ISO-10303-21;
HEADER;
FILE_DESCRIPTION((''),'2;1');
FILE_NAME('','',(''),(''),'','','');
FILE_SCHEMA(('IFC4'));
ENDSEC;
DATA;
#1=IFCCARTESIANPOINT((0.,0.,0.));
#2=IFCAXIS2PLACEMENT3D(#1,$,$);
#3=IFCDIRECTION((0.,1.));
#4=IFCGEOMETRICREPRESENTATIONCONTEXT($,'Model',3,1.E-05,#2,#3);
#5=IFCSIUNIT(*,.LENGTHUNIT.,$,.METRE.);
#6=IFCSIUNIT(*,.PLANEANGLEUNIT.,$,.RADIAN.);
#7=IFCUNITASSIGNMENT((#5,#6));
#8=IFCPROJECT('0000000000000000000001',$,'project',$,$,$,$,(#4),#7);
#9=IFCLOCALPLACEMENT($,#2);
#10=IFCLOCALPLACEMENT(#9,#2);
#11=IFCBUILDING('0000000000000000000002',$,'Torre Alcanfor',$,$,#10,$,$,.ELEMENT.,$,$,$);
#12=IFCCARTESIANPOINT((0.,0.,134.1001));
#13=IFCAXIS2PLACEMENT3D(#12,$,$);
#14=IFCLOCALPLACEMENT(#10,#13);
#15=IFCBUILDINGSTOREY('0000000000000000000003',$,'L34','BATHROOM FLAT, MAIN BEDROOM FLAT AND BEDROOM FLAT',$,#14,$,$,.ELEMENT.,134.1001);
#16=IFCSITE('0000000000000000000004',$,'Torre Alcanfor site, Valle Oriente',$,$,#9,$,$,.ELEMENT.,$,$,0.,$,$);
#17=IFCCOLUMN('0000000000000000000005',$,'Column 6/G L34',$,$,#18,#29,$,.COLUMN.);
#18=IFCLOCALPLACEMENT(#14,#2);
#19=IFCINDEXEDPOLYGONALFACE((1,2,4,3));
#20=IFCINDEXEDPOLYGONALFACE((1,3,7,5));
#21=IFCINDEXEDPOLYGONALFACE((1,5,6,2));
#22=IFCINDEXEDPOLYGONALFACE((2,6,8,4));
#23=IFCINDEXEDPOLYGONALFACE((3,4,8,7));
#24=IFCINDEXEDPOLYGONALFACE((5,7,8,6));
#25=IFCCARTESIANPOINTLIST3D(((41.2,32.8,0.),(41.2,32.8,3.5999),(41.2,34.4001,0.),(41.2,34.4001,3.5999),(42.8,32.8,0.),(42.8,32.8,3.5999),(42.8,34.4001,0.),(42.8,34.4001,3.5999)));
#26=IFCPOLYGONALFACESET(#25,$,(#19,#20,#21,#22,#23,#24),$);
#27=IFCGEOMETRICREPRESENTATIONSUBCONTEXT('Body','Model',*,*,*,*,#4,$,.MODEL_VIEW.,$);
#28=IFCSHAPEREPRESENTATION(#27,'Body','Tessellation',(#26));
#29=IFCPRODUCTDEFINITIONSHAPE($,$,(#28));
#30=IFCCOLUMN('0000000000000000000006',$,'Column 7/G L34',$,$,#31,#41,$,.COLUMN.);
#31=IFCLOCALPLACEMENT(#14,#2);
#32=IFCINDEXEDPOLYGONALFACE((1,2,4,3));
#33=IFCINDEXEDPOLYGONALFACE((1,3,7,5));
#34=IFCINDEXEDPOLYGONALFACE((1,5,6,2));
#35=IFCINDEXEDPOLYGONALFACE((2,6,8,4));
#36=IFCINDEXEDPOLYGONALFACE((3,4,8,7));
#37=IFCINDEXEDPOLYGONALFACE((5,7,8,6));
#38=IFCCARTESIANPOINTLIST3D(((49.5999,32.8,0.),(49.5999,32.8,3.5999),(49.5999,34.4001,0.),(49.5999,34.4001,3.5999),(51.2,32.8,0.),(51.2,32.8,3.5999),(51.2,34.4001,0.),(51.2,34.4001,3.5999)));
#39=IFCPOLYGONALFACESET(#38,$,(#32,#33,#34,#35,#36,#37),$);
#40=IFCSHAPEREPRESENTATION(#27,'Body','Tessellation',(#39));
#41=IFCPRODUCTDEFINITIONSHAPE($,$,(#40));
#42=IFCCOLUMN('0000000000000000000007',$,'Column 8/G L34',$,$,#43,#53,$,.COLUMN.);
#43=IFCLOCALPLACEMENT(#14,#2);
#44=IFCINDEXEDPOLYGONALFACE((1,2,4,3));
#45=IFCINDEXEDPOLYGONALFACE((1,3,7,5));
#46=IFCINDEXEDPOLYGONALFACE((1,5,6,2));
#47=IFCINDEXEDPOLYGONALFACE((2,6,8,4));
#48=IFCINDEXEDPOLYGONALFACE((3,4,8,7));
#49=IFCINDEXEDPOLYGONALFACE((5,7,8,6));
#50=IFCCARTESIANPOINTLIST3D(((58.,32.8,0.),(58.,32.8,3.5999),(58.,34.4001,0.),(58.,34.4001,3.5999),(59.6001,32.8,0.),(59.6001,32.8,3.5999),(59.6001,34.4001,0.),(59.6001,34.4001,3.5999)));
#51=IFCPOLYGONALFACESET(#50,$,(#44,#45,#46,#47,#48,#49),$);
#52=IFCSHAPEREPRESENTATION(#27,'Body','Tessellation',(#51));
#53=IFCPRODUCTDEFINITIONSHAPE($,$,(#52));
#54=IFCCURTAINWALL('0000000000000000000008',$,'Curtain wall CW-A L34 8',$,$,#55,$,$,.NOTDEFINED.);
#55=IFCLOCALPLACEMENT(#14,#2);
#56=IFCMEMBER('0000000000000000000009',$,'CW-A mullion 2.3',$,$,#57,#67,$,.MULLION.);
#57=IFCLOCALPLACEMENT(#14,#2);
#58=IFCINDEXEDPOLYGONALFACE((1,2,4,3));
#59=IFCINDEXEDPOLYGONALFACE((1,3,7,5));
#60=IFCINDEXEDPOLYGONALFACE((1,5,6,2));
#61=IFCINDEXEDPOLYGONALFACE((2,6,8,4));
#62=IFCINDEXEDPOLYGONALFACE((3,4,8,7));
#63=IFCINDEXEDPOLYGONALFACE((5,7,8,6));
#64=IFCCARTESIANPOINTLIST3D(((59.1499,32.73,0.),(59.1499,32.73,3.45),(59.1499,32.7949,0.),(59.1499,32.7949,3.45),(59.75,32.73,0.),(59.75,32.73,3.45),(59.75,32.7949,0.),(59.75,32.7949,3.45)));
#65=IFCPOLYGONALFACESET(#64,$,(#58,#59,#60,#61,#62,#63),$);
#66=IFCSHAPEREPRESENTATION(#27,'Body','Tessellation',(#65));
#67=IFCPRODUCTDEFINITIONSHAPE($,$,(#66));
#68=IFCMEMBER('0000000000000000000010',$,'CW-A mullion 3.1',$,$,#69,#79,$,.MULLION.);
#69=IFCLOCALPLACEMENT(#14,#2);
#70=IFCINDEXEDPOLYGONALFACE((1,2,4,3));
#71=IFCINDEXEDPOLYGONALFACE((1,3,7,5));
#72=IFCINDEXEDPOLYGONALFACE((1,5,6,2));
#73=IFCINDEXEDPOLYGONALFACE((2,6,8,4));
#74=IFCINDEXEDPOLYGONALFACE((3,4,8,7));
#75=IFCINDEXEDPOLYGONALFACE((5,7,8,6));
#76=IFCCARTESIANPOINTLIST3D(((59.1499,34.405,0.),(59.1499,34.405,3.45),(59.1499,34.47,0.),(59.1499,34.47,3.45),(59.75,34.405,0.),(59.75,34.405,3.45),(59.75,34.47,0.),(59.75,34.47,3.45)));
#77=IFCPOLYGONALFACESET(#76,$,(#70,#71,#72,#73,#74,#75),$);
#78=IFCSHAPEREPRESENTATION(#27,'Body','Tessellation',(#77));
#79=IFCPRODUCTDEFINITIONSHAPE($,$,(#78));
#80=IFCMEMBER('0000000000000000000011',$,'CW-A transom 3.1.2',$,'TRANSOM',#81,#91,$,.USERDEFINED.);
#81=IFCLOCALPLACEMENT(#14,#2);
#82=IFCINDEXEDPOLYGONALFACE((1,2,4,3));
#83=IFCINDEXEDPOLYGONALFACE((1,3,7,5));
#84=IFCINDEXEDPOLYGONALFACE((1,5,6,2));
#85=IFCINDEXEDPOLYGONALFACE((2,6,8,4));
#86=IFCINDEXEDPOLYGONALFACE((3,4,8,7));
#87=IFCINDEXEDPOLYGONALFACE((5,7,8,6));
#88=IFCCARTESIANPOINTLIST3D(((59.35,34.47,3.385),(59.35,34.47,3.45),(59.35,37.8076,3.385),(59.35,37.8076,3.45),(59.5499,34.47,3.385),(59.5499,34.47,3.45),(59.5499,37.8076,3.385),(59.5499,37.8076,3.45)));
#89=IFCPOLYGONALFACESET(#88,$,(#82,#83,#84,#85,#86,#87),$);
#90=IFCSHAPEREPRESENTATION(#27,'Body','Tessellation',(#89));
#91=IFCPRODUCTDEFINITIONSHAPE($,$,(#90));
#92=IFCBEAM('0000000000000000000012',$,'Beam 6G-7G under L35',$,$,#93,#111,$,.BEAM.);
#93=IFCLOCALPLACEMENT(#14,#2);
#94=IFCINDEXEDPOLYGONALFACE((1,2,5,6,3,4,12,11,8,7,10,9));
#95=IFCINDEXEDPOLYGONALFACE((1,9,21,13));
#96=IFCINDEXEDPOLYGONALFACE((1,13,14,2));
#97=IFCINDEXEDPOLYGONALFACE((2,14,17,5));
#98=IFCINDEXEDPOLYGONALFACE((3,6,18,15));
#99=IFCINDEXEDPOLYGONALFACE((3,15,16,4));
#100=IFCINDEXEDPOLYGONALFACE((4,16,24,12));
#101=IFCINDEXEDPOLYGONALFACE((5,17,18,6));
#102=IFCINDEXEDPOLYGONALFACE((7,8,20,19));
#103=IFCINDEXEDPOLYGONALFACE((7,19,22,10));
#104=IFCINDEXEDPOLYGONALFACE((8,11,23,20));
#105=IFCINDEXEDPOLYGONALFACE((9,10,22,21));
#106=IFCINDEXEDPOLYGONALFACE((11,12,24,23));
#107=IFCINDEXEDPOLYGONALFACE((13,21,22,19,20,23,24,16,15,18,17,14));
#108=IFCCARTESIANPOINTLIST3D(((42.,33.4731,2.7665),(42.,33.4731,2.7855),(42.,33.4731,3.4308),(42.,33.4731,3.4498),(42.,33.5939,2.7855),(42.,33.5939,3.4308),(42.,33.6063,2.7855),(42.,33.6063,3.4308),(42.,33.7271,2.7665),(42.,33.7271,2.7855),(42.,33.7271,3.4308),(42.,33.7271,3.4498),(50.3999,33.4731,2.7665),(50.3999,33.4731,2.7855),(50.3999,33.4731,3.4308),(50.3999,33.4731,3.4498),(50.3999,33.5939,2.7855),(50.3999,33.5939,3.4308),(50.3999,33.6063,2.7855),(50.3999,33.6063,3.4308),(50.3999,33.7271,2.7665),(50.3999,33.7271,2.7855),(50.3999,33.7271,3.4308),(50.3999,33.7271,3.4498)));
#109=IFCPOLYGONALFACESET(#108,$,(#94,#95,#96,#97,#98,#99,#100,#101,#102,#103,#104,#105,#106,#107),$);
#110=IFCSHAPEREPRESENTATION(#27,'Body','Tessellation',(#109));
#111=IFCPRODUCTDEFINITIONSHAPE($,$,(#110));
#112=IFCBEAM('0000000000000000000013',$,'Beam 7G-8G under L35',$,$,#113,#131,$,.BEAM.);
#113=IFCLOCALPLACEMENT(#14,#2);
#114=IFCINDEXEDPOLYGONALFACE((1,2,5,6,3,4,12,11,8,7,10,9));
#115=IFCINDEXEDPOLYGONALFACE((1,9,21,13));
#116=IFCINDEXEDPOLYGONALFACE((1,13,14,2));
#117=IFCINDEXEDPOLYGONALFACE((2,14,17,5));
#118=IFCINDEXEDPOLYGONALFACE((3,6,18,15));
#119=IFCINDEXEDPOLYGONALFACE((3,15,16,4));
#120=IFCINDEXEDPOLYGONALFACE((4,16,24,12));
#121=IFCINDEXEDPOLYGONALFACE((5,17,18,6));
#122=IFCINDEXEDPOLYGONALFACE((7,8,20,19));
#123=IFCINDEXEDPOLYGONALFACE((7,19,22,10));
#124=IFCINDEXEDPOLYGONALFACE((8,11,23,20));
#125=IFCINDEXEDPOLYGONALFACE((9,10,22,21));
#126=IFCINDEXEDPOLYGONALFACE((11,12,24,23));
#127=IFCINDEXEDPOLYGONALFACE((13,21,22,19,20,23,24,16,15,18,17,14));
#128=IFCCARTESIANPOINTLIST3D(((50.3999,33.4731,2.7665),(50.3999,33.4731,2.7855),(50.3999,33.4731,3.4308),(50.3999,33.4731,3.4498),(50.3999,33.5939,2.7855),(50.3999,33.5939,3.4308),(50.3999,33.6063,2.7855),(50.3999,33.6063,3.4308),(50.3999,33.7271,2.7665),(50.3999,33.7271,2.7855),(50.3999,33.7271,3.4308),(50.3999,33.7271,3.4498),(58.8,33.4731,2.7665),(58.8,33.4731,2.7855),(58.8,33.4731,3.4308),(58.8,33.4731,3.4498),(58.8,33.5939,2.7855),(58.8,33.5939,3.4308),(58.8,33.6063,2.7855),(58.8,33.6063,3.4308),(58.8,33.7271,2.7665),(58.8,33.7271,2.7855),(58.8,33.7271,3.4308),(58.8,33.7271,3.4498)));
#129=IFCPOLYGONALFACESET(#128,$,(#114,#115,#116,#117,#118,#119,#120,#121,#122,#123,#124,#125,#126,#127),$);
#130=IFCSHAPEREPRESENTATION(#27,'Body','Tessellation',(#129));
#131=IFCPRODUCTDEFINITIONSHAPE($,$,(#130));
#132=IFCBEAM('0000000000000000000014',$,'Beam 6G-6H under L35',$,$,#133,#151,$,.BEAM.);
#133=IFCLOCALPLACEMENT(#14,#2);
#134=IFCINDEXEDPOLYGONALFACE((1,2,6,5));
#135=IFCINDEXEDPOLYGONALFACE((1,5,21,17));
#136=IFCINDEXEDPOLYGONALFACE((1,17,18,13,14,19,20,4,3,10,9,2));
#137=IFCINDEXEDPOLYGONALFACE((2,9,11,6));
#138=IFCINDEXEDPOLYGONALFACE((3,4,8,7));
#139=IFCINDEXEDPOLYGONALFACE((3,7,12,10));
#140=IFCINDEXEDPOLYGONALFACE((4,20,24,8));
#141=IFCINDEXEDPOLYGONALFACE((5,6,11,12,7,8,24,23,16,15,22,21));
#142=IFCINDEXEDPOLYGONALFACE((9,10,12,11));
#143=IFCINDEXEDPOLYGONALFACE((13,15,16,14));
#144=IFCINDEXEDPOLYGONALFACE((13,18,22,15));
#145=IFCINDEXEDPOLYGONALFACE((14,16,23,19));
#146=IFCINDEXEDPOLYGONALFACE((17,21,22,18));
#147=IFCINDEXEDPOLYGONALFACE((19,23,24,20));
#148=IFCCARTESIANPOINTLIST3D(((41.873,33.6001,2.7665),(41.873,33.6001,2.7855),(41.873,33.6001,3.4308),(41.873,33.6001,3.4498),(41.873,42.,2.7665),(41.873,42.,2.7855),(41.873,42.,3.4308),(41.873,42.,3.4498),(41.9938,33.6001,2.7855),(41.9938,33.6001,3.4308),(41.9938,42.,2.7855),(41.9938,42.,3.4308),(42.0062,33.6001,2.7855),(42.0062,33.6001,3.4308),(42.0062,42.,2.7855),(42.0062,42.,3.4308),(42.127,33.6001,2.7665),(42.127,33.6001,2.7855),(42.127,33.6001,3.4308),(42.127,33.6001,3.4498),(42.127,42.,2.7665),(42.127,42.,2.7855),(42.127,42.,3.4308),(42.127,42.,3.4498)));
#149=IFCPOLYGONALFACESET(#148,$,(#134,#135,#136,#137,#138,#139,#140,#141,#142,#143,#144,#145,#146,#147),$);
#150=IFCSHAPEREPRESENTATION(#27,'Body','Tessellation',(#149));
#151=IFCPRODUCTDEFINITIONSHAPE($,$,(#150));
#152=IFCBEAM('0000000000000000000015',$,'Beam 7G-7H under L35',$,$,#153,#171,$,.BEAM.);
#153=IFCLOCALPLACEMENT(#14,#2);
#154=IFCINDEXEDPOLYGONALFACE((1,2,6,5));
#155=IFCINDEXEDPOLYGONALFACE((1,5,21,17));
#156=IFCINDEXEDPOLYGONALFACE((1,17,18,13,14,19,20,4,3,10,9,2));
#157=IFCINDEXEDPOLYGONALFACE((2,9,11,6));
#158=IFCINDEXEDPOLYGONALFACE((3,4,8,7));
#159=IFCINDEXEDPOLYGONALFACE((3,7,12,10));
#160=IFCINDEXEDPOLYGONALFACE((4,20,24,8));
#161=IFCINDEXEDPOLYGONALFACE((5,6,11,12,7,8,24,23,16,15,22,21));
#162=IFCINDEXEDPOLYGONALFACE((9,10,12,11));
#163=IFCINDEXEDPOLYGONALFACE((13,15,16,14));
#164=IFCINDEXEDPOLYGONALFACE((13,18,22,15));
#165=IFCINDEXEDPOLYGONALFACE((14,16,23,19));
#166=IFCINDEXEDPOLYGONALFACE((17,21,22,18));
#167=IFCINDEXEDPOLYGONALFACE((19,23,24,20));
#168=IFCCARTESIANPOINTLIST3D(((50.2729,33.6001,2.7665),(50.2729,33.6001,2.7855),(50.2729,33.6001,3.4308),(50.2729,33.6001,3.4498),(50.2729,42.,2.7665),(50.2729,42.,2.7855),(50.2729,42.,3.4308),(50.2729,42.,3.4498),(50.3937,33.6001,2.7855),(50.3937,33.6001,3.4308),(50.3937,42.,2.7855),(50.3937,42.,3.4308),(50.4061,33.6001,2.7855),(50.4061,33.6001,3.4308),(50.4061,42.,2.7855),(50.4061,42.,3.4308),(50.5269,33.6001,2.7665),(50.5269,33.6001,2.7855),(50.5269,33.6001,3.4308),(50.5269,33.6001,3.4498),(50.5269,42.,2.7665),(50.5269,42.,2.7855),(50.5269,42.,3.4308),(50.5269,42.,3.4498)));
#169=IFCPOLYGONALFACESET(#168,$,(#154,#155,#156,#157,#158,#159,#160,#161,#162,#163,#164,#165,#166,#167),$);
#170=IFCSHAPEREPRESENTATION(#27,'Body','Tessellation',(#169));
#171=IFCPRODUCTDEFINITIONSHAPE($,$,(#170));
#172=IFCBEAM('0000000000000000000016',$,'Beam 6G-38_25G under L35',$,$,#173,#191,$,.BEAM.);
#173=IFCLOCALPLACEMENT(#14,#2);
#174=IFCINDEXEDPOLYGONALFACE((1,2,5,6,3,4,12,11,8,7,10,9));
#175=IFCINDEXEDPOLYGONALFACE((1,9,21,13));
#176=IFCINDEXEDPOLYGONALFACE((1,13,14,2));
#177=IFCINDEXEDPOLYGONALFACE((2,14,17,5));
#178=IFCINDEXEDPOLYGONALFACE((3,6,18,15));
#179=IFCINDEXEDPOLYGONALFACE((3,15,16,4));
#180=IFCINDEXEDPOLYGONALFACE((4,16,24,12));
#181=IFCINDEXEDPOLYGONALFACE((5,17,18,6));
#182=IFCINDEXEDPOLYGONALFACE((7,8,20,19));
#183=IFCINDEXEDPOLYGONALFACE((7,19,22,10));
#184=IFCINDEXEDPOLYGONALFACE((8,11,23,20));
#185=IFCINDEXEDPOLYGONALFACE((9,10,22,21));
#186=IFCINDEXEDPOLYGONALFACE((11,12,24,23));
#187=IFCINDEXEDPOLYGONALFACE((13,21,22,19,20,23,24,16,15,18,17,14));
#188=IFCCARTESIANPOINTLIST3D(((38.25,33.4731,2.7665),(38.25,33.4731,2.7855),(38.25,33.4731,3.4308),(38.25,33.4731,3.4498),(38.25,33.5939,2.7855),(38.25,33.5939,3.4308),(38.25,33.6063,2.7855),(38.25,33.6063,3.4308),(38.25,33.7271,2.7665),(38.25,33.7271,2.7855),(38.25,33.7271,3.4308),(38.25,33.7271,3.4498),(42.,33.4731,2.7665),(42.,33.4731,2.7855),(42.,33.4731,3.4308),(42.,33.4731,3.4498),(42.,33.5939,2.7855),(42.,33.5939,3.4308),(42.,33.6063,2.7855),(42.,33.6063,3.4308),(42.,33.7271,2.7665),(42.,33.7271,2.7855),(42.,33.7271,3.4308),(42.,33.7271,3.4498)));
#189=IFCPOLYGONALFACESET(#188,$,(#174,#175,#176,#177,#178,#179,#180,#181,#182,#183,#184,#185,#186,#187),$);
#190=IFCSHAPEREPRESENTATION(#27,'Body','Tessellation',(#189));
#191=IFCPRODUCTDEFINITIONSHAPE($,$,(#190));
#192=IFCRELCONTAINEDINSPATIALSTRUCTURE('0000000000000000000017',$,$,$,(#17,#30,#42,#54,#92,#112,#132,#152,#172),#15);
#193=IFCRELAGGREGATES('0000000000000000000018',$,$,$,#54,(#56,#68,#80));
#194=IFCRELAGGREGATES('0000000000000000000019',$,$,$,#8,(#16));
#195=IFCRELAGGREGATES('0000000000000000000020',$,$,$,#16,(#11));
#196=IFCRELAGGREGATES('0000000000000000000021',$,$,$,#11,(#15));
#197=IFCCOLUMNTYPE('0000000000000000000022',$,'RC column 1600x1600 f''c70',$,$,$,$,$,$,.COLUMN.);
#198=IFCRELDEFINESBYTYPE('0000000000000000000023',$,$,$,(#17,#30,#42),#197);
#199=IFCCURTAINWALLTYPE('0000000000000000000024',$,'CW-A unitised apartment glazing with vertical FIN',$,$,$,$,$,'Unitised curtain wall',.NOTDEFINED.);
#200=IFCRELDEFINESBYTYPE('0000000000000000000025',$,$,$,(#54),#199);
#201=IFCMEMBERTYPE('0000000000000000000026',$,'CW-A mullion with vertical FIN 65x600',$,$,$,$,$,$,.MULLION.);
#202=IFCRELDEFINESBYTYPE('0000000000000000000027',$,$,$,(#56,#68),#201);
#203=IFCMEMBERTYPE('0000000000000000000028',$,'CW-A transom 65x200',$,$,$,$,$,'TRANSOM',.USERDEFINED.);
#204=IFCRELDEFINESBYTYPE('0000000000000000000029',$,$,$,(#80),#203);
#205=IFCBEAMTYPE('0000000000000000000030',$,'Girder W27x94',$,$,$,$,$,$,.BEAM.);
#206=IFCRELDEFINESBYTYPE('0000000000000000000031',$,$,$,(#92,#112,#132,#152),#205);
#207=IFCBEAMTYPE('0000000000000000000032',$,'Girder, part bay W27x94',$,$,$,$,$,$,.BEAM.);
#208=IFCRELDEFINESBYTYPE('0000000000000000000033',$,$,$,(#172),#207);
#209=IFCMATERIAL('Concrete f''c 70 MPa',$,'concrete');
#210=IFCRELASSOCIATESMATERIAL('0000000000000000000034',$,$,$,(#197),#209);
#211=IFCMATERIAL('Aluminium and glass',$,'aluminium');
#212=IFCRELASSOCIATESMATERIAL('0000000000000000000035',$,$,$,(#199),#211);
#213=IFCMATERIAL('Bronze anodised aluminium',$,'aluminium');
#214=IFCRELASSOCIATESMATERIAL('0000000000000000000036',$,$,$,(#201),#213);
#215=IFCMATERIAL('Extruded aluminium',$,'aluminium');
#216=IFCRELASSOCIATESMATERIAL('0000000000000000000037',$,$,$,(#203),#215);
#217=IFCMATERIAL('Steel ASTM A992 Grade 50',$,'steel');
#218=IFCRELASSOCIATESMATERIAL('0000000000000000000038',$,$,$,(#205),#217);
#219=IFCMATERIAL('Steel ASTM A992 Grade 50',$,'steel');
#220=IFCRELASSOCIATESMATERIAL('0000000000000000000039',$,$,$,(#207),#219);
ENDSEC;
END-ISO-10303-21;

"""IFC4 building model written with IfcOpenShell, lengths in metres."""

from ifc_helpers import new_model, si_unit, direction, frame, origin, origin_2d, place, context, subcontext, project, spatial, rectangle, i_section, extrude, material, material_profile, profile_set, type_object, element, aggregate, save


model = new_model("IFC4")

# Units and contexts
model_context = context("Model", 3, precision=1e-05, world=origin(), true_north=direction((0.0, 1.0)))
body_context = subcontext(model_context, "Body", "Model", "MODEL_VIEW")
ifc_project = project(units=[si_unit("LENGTHUNIT", "METRE"), si_unit("PLANEANGLEUNIT", "RADIAN")], contexts=[model_context])

# Site, building, storey
site_placement = place(None, origin())
site = spatial("IfcSite", under=ifc_project, at=site_placement, Name="Torre Alcanfor site, Valle Oriente", CompositionType="ELEMENT", RefElevation=0.0)
building_placement = place(site_placement, origin())
building = spatial("IfcBuilding", under=site, at=building_placement, Name="Torre Alcanfor", CompositionType="ELEMENT")
storey_placement = place(building_placement, frame((0.0, 0.0, 134.1001)))
storey = spatial("IfcBuildingStorey", under=building, at=storey_placement, Name="L34", Description="BATHROOM FLAT, MAIN BEDROOM FLAT AND BEDROOM FLAT", CompositionType="ELEMENT", Elevation=134.1001)

# Columns
ifc_material_1 = material(Name="Concrete f'c 70 MPa", Category="concrete")
ifc_material_profile_1 = material_profile(ifc_material_1, rectangle(XDim=1.6001, YDim=1.6001, at=origin_2d()), Name="1600x1600")
ifc_profile_set_1 = profile_set([ifc_material_profile_1], Name="Concrete f'c 70 MPa")
column_type = type_object("IfcColumnType", Name="RC column 1600x1600 f'c70", PredefinedType="COLUMN", material=ifc_profile_set_1)
for number, where, z_axis, x_axis, name in (
    (1, (42.0, 33.6001, 0.0), (0.0, 0.0, 1.0), (1.0, 0.0, 0.0), "Column 6/G L34"),
    (2, (50.3999, 33.6001, 0.0), (0.0, 0.0, 1.0), (1.0, 0.0, 0.0), "Column 7/G L34"),
    (3, (58.8, 33.6001, 0.0), (0.0, 0.0, 1.0), (1.0, 0.0, 0.0), "Column 8/G L34"),
):
    element("IfcColumn", number, at=place(storey_placement, frame(where, z_axis=z_axis, x_axis=x_axis)), inside=storey, type_object=column_type, Name=name, PredefinedType="COLUMN", context=body_context, shape_type="SweptSolid", body=[
        extrude(rectangle(XDim=1.6001, YDim=1.6001, at=origin_2d()), origin(), (0.0, 0.0, 1.0), 3.5999),
    ])

# Curtain wall, members
ifc_material_2 = material(Name="Aluminium and glass", Category="aluminium")
curtain_wall_type = type_object("IfcCurtainWallType", Name="CW-A unitised apartment glazing with vertical FIN", ElementType="Unitised curtain wall", PredefinedType="NOTDEFINED", material=ifc_material_2)
curtain_wall_placement = place(storey_placement, origin())
curtain_wall = element("IfcCurtainWall", 4, at=curtain_wall_placement, inside=storey, type_object=curtain_wall_type, Name="Curtain wall CW-A L34 8", PredefinedType="NOTDEFINED")
ifc_material_3 = material(Name="Bronze anodised aluminium", Category="aluminium")
ifc_material_profile_2 = material_profile(ifc_material_3, rectangle(XDim=0.6001, YDim=0.0649, at=origin_2d()), Name="CW-A mullion 65x600")
ifc_profile_set_2 = profile_set([ifc_material_profile_2], Name="Bronze anodised aluminium")
member_type_1 = type_object("IfcMemberType", Name="CW-A mullion with vertical FIN 65x600", PredefinedType="MULLION", material=ifc_profile_set_2)
member_1_placement = place(storey_placement, frame((59.45, 32.7625, 0.0), z_axis=(0.0, 0.0, 1.0), x_axis=(-1.0, 0.0, 0.0)))
member_1 = element("IfcMember", 5, at=member_1_placement, type_object=member_type_1, Name="CW-A mullion 2.3", PredefinedType="MULLION", context=body_context, shape_type="SweptSolid", body=[
    extrude(rectangle(XDim=0.6001, YDim=0.0649, at=origin_2d()), origin(), (0.0, 0.0, 1.0), 3.45),
])
member_2_placement = place(storey_placement, frame((59.45, 34.4375, 0.0), z_axis=(0.0, 0.0, 1.0), x_axis=(-1.0, 0.0, 0.0)))
member_2 = element("IfcMember", 6, at=member_2_placement, type_object=member_type_1, Name="CW-A mullion 3.1", PredefinedType="MULLION", context=body_context, shape_type="SweptSolid", body=[
    extrude(rectangle(XDim=0.6001, YDim=0.0649, at=origin_2d()), origin(), (0.0, 0.0, 1.0), 3.45),
])
ifc_material_4 = material(Name="Extruded aluminium", Category="aluminium")
ifc_material_profile_3 = material_profile(ifc_material_4, rectangle(XDim=0.2, YDim=0.0649, at=origin_2d()), Name="CW-A transom 200x65")
ifc_profile_set_3 = profile_set([ifc_material_profile_3], Name="Extruded aluminium")
member_type_2 = type_object("IfcMemberType", Name="CW-A transom 65x200", ElementType="TRANSOM", PredefinedType="USERDEFINED", material=ifc_profile_set_3)
member_3_placement = place(storey_placement, frame((59.45, 34.47, 3.4175), z_axis=(0.0, 1.0, 0.0), x_axis=(-1.0, 0.0, 0.0)))
member_3 = element("IfcMember", 7, at=member_3_placement, type_object=member_type_2, Name="CW-A transom 3.1.2", ObjectType="TRANSOM", PredefinedType="USERDEFINED", context=body_context, shape_type="SweptSolid", body=[
    extrude(rectangle(XDim=0.2, YDim=0.0649, at=origin_2d()), origin(), (0.0, 0.0, 1.0), 3.3376),
])

# Beams
ifc_material_5 = material(Name="Steel ASTM A992 Grade 50", Category="steel")
ifc_material_profile_4 = material_profile(ifc_material_5, i_section(OverallWidth=0.2539, OverallDepth=0.6833, WebThickness=0.0125, FlangeThickness=0.019, at=origin_2d()), Name="W27x94")
ifc_profile_set_4 = profile_set([ifc_material_profile_4], Name="Steel ASTM A992 Grade 50")
beam_type_1 = type_object("IfcBeamType", Name="Girder W27x94", PredefinedType="BEAM", material=ifc_profile_set_4)
beam_1_placement = place(storey_placement, frame((42.0, 33.6001, 3.1082), z_axis=(1.0, 0.0, 0.0), x_axis=(0.0, 1.0, 0.0)))
element("IfcBeam", 8, at=beam_1_placement, inside=storey, type_object=beam_type_1, Name="Beam 6G-7G under L35", PredefinedType="BEAM", context=body_context, shape_type="SweptSolid", body=[
    extrude(i_section(OverallWidth=0.2539, OverallDepth=0.6833, WebThickness=0.0125, FlangeThickness=0.019, at=origin_2d()), origin(), (0.0, 0.0, 1.0), 8.3999),
])
beam_2_placement = place(storey_placement, frame((50.3999, 33.6001, 3.1082), z_axis=(1.0, 0.0, 0.0), x_axis=(0.0, 1.0, 0.0)))
element("IfcBeam", 9, at=beam_2_placement, inside=storey, type_object=beam_type_1, Name="Beam 7G-8G under L35", PredefinedType="BEAM", context=body_context, shape_type="SweptSolid", body=[
    extrude(i_section(OverallWidth=0.2539, OverallDepth=0.6833, WebThickness=0.0125, FlangeThickness=0.019, at=origin_2d()), origin(), (0.0, 0.0, 1.0), 8.4001),
])
for number, where, z_axis, x_axis, name in (
    (10, (42.0, 33.6001, 3.1082), (0.0, 1.0, 0.0), (-1.0, 0.0, 0.0), "Beam 6G-6H under L35"),
    (11, (50.3999, 33.6001, 3.1082), (0.0, 1.0, 0.0), (-1.0, 0.0, 0.0), "Beam 7G-7H under L35"),
):
    element("IfcBeam", number, at=place(storey_placement, frame(where, z_axis=z_axis, x_axis=x_axis)), inside=storey, type_object=beam_type_1, Name=name, PredefinedType="BEAM", context=body_context, shape_type="SweptSolid", body=[
        extrude(i_section(OverallWidth=0.2539, OverallDepth=0.6833, WebThickness=0.0125, FlangeThickness=0.019, at=origin_2d()), origin(), (0.0, 0.0, 1.0), 8.3999),
    ])
ifc_material_6 = material(Name="Steel ASTM A992 Grade 50", Category="steel")
ifc_material_profile_5 = material_profile(ifc_material_6, i_section(OverallWidth=0.2539, OverallDepth=0.6833, WebThickness=0.0125, FlangeThickness=0.019, at=origin_2d()), Name="W27x94")
ifc_profile_set_5 = profile_set([ifc_material_profile_5], Name="Steel ASTM A992 Grade 50")
beam_type_2 = type_object("IfcBeamType", Name="Girder, part bay W27x94", PredefinedType="BEAM", material=ifc_profile_set_5)
beam_3_placement = place(storey_placement, frame((42.0, 33.6001, 3.1082), z_axis=(-1.0, 0.0, 0.0), x_axis=(0.0, -1.0, 0.0)))
element("IfcBeam", 12, at=beam_3_placement, inside=storey, type_object=beam_type_2, Name="Beam 6G-38_25G under L35", PredefinedType="BEAM", context=body_context, shape_type="SweptSolid", body=[
    extrude(i_section(OverallWidth=0.2539, OverallDepth=0.6833, WebThickness=0.0125, FlangeThickness=0.019, at=origin_2d()), origin(), (0.0, 0.0, 1.0), 3.75),
])

aggregate(curtain_wall, [member_1, member_2, member_3])

save(model, "model.ifc")
